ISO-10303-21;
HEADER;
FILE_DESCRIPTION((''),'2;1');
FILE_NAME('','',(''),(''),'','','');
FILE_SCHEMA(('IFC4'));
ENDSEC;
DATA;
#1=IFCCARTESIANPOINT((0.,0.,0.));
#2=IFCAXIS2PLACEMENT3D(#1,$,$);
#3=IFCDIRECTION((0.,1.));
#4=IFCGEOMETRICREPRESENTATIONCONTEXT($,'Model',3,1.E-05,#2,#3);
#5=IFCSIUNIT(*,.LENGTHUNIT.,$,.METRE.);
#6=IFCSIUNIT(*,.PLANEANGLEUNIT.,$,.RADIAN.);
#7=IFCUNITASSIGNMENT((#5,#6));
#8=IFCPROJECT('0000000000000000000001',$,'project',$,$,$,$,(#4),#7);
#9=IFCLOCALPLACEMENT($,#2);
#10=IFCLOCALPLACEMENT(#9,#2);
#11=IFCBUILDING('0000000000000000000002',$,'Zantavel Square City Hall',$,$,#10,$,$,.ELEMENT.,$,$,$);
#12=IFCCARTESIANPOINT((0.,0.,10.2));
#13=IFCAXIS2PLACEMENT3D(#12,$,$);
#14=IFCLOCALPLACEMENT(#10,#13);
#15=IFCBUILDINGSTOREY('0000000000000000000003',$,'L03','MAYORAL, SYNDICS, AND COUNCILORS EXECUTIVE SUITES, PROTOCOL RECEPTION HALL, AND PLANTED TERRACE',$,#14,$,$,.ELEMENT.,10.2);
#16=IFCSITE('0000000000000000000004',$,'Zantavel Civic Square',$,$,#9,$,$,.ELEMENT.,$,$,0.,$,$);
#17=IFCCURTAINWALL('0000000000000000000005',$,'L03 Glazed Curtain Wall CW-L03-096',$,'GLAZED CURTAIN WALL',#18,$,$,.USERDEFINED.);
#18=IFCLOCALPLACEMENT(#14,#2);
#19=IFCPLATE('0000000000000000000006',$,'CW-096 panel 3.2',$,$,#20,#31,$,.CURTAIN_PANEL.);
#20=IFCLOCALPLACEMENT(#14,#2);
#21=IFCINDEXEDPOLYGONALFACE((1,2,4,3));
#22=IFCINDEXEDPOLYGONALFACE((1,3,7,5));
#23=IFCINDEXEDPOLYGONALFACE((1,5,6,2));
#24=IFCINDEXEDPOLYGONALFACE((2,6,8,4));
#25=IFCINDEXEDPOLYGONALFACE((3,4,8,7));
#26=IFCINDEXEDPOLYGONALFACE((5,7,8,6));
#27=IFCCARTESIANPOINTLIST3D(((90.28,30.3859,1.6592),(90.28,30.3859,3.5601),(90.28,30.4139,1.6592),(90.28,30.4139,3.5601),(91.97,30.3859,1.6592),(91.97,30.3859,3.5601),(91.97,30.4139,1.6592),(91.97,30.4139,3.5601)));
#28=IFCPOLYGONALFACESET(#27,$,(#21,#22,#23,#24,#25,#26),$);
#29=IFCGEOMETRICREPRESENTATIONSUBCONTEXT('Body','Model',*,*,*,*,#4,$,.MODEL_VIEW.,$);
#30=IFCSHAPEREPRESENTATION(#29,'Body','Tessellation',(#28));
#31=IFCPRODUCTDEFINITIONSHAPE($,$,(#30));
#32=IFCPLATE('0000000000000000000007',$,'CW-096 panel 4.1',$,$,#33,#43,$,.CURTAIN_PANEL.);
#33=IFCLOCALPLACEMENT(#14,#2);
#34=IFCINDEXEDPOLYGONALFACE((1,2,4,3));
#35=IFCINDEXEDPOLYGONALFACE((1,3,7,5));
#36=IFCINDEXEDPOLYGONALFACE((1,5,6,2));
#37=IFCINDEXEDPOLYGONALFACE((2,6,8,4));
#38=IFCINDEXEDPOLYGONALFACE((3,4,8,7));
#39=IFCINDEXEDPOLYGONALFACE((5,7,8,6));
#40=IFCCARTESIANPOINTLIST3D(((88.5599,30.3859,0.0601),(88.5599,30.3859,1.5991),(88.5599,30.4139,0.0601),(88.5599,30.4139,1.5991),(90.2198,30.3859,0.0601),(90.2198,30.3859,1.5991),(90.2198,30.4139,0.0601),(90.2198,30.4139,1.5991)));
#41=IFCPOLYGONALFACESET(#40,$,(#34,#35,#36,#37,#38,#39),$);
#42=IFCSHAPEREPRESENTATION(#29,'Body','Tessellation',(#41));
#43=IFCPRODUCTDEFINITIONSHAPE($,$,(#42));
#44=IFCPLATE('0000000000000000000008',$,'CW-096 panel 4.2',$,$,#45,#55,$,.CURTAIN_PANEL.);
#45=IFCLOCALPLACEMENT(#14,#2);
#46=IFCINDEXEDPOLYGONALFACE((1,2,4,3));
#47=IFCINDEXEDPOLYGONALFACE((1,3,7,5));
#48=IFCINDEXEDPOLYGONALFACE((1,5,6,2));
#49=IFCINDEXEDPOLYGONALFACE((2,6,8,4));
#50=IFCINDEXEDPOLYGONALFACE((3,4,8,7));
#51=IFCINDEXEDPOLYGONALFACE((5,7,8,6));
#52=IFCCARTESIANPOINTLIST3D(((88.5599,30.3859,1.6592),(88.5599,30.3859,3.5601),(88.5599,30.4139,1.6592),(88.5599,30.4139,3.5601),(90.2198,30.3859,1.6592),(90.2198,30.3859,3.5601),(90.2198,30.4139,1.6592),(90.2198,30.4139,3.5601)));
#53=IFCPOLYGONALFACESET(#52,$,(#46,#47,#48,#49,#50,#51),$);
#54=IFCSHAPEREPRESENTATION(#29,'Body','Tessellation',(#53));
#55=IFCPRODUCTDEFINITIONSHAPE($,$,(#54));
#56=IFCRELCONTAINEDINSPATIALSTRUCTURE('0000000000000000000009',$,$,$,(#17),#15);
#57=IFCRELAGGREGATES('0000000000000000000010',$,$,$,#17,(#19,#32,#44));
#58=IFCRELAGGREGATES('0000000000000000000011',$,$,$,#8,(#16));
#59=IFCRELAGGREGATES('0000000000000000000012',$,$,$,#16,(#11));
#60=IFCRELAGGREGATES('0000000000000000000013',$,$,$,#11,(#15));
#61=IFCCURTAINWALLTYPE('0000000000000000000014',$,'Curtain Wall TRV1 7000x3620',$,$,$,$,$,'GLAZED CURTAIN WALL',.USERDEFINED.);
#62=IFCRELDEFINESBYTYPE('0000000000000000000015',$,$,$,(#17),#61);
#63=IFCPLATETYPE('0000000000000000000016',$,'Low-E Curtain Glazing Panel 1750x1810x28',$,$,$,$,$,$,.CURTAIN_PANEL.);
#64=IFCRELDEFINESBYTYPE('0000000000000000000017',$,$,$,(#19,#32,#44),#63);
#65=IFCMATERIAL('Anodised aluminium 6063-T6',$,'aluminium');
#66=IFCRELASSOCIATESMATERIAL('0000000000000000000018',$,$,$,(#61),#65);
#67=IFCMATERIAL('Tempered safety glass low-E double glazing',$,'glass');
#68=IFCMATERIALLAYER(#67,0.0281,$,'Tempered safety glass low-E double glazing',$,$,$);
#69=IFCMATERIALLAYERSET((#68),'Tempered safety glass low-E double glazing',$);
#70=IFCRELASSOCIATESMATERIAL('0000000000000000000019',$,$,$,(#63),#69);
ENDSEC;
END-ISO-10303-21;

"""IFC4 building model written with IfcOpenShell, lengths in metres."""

from ifc_helpers import new_model, si_unit, direction, frame, origin, origin_2d, place, context, subcontext, project, spatial, rectangle, extrude, material, layer, layer_set, type_object, element, aggregate, save


model = new_model("IFC4")

# Units and contexts
model_context = context("Model", 3, precision=1e-05, world=origin(), true_north=direction((0.0, 1.0)))
body_context = subcontext(model_context, "Body", "Model", "MODEL_VIEW")
ifc_project = project(units=[si_unit("LENGTHUNIT", "METRE"), si_unit("PLANEANGLEUNIT", "RADIAN")], contexts=[model_context])

# Site, building, storey
site_placement = place(None, origin())
site = spatial("IfcSite", under=ifc_project, at=site_placement, Name="Zantavel Civic Square", CompositionType="ELEMENT", RefElevation=0.0)
building_placement = place(site_placement, origin())
building = spatial("IfcBuilding", under=site, at=building_placement, Name="Zantavel Square City Hall", CompositionType="ELEMENT")
storey_placement = place(building_placement, frame((0.0, 0.0, 10.2)))
storey = spatial("IfcBuildingStorey", under=building, at=storey_placement, Name="L03", Description="MAYORAL, SYNDICS, AND COUNCILORS EXECUTIVE SUITES, PROTOCOL RECEPTION HALL, AND PLANTED TERRACE", CompositionType="ELEMENT", Elevation=10.2)

# Curtain wall
ifc_material_1 = material(Name="Anodised aluminium 6063-T6", Category="aluminium")
curtain_wall_type = type_object("IfcCurtainWallType", Name="Curtain Wall TRV1 7000x3620", ElementType="GLAZED CURTAIN WALL", PredefinedType="USERDEFINED", material=ifc_material_1)
curtain_wall_placement = place(storey_placement, origin())
curtain_wall = element("IfcCurtainWall", 1, at=curtain_wall_placement, inside=storey, type_object=curtain_wall_type, Name="L03 Glazed Curtain Wall CW-L03-096", ObjectType="GLAZED CURTAIN WALL", PredefinedType="USERDEFINED")

# Plates
ifc_material_2 = material(Name="Tempered safety glass low-E double glazing", Category="glass")
ifc_layer_1 = layer(ifc_material_2, 0.0281, Name="Tempered safety glass low-E double glazing")
ifc_layer_set_1 = layer_set([ifc_layer_1], Name="Tempered safety glass low-E double glazing")
plate_type = type_object("IfcPlateType", Name="Low-E Curtain Glazing Panel 1750x1810x28", PredefinedType="CURTAIN_PANEL", material=ifc_layer_set_1)
plate_1_placement = place(storey_placement, frame((91.125, 30.3999, 1.6592), z_axis=(0.0, 0.0, 1.0), x_axis=(-1.0, 0.0, 0.0)))
plate_1 = element("IfcPlate", 2, at=plate_1_placement, type_object=plate_type, Name="CW-096 panel 3.2", PredefinedType="CURTAIN_PANEL", context=body_context, shape_type="SweptSolid", body=[
    extrude(rectangle(XDim=1.6899, YDim=0.0281, at=origin_2d()), origin(), (0.0, 0.0, 1.0), 1.9009),
])
plate_2_placement = place(storey_placement, frame((89.3899, 30.3999, 0.0601), z_axis=(0.0, 0.0, 1.0), x_axis=(-1.0, 0.0, 0.0)))
plate_2 = element("IfcPlate", 3, at=plate_2_placement, type_object=plate_type, Name="CW-096 panel 4.1", PredefinedType="CURTAIN_PANEL", context=body_context, shape_type="SweptSolid", body=[
    extrude(rectangle(XDim=1.6599, YDim=0.0281, at=origin_2d()), origin(), (0.0, 0.0, 1.0), 1.5391),
])
plate_3_placement = place(storey_placement, frame((89.3899, 30.3999, 1.6592), z_axis=(0.0, 0.0, 1.0), x_axis=(-1.0, 0.0, 0.0)))
plate_3 = element("IfcPlate", 4, at=plate_3_placement, type_object=plate_type, Name="CW-096 panel 4.2", PredefinedType="CURTAIN_PANEL", context=body_context, shape_type="SweptSolid", body=[
    extrude(rectangle(XDim=1.6599, YDim=0.0281, at=origin_2d()), origin(), (0.0, 0.0, 1.0), 1.9009),
])
aggregate(curtain_wall, [plate_1, plate_2, plate_3])

save(model, "model.ifc")
